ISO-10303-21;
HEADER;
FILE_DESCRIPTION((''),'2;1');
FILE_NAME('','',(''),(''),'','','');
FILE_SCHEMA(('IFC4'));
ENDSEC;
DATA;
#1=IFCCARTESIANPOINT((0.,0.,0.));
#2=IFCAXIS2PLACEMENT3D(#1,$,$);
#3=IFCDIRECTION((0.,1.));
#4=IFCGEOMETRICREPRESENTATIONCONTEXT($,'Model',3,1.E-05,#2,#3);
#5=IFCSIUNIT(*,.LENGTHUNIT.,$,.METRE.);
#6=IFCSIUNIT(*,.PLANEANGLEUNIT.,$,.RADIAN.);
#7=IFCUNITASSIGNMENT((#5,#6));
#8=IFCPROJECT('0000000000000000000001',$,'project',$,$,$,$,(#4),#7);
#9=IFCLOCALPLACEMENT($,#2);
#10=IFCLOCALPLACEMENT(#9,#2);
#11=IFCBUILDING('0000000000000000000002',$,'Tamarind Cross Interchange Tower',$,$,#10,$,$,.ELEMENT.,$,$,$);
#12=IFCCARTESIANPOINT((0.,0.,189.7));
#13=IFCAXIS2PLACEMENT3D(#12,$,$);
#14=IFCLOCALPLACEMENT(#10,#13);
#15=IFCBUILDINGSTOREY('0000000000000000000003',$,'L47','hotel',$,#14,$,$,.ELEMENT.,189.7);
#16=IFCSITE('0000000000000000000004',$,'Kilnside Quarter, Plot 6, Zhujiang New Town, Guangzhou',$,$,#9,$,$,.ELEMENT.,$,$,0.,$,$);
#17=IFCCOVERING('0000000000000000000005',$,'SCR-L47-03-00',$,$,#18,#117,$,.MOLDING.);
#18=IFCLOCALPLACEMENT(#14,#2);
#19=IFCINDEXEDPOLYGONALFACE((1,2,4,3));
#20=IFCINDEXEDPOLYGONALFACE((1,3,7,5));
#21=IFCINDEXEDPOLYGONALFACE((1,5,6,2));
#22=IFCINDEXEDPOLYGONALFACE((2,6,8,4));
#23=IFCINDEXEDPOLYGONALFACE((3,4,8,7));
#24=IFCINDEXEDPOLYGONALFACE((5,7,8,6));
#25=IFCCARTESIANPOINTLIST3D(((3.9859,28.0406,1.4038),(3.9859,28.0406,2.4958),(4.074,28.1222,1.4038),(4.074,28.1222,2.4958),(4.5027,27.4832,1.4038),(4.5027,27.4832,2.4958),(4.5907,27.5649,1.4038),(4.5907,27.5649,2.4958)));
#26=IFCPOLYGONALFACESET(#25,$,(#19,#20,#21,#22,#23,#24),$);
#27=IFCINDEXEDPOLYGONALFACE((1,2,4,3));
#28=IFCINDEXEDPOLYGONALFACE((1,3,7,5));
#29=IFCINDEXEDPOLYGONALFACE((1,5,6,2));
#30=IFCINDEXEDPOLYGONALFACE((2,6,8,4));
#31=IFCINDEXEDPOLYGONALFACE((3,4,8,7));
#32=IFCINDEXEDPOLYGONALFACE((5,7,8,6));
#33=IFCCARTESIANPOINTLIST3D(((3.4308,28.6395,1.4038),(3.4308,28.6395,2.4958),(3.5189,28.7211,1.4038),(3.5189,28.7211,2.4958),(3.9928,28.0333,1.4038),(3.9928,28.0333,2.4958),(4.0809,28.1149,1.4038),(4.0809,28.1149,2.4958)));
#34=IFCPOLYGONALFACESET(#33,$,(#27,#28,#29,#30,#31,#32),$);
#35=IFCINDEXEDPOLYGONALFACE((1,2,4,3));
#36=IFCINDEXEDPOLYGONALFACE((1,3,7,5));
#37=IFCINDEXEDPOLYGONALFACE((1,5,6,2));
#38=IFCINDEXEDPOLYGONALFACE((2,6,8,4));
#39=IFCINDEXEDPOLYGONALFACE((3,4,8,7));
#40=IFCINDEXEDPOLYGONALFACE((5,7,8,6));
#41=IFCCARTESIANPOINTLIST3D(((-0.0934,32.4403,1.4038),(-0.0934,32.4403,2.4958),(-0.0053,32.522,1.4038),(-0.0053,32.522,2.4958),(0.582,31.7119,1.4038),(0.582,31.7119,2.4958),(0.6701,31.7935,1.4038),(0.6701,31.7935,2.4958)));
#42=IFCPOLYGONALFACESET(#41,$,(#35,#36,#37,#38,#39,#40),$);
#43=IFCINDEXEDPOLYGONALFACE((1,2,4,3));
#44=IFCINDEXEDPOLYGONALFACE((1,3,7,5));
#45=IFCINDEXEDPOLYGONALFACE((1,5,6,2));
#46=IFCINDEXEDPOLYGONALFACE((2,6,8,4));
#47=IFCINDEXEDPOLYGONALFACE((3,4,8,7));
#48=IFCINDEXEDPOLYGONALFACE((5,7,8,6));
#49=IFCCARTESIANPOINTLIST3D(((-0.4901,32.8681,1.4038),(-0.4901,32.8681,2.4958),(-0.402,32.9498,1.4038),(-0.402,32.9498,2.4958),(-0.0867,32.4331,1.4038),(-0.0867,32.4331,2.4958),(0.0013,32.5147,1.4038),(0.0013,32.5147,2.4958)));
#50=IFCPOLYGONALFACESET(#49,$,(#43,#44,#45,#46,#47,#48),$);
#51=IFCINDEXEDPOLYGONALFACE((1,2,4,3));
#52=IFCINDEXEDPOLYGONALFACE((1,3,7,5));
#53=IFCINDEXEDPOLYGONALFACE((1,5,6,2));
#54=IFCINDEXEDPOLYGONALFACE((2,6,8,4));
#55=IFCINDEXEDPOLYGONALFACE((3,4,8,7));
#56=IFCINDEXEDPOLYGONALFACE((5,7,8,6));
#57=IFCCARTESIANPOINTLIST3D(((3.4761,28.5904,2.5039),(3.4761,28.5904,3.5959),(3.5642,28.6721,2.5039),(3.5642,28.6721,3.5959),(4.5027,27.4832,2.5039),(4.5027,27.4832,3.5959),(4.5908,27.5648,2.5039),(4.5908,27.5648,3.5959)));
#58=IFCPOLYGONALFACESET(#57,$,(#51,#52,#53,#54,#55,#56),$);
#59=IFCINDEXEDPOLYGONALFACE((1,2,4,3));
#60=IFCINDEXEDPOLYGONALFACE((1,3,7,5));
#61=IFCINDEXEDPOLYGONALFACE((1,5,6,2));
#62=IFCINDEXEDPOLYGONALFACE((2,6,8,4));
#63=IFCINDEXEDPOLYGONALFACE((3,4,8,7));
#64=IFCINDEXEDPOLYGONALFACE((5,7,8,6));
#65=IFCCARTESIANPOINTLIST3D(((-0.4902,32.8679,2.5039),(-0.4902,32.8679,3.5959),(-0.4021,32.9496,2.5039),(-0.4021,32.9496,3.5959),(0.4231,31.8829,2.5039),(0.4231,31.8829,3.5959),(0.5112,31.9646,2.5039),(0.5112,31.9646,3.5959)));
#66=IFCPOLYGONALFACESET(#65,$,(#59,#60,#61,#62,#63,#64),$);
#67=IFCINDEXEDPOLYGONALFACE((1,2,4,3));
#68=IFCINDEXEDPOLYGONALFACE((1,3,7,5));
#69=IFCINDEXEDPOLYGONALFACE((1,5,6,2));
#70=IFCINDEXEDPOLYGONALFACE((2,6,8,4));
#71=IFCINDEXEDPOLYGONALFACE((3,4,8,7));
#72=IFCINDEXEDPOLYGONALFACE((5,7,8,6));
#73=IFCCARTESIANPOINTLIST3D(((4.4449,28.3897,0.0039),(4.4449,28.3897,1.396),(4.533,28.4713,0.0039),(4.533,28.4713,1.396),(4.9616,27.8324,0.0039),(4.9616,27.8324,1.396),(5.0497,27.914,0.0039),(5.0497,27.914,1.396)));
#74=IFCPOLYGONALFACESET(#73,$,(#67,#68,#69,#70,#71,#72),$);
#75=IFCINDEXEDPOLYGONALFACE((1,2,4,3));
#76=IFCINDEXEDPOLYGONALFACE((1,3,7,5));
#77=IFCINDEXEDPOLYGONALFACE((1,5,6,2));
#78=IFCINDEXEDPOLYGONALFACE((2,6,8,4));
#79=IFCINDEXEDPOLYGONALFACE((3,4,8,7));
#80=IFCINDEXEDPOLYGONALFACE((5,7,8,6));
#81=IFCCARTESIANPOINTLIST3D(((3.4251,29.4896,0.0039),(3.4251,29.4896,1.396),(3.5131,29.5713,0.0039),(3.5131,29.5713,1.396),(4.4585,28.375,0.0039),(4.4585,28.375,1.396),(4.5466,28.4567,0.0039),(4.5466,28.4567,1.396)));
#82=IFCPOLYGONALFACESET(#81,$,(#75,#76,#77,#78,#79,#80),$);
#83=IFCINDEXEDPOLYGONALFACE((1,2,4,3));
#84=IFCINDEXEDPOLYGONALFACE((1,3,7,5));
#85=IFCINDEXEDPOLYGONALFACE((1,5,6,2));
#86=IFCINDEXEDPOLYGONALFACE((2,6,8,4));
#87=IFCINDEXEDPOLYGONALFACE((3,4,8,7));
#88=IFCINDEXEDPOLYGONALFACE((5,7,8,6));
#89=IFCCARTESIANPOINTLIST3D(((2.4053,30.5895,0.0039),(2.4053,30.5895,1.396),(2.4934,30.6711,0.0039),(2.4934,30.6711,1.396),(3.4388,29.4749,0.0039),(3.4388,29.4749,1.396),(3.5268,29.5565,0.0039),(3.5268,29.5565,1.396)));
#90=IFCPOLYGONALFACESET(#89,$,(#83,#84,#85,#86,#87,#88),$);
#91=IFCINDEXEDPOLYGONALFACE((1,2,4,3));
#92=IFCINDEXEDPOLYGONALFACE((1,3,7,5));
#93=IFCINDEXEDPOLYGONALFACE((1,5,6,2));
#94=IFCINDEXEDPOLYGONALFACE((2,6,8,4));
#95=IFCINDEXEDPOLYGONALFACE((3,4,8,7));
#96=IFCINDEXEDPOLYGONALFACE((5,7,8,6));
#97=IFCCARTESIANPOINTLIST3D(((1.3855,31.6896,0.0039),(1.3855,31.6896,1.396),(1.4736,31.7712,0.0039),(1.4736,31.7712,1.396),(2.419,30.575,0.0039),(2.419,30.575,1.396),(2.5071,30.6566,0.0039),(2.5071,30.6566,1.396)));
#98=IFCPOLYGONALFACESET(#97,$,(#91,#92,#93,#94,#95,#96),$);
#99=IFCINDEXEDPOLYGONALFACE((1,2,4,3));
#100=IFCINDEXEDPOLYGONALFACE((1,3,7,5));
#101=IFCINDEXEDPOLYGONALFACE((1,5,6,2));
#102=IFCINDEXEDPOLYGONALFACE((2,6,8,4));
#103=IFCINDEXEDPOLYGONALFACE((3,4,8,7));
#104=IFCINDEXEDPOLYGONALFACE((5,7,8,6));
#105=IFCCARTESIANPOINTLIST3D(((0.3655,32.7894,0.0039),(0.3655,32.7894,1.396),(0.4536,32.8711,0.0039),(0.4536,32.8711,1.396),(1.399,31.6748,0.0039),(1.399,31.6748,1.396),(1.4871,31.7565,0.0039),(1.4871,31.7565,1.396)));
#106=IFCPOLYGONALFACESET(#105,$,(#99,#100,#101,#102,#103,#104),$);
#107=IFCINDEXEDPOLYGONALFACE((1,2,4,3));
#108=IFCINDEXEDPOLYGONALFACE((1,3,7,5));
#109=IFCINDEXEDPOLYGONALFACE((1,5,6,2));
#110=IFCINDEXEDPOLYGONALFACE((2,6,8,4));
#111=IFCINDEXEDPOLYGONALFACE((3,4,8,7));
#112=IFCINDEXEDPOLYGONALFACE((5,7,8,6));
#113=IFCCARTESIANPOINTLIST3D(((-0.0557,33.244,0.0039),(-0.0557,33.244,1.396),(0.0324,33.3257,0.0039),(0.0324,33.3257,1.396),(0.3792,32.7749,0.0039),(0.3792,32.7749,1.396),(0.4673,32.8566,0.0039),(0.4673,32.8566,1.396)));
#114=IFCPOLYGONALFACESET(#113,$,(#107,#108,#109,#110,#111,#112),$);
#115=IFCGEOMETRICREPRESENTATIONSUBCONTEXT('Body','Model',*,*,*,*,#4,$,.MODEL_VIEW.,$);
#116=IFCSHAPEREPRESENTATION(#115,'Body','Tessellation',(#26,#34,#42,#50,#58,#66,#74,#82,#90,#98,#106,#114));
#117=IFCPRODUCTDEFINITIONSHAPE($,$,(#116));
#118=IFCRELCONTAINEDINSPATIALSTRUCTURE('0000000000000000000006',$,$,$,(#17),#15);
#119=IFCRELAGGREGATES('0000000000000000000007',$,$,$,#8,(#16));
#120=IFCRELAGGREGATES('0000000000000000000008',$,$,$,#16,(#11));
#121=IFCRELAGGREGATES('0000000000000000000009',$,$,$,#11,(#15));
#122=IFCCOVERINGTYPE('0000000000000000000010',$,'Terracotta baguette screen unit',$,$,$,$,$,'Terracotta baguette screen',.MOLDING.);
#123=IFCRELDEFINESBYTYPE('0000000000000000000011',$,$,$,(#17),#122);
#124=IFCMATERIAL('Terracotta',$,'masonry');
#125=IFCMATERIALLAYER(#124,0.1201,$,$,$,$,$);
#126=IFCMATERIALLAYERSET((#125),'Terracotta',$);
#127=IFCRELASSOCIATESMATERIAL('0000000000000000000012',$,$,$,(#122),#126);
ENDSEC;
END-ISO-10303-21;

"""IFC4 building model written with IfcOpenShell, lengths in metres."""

from ifc_helpers import new_model, si_unit, direction, frame, origin, origin_2d, place, context, subcontext, project, spatial, rectangle, extrude, material, layer, layer_set, type_object, element, save


model = new_model("IFC4")

# Units and contexts
model_context = context("Model", 3, precision=1e-05, world=origin(), true_north=direction((0.0, 1.0)))
body_context = subcontext(model_context, "Body", "Model", "MODEL_VIEW")
ifc_project = project(units=[si_unit("LENGTHUNIT", "METRE"), si_unit("PLANEANGLEUNIT", "RADIAN")], contexts=[model_context])

# Site, building, storey
site_placement = place(None, origin())
site = spatial("IfcSite", under=ifc_project, at=site_placement, Name="Kilnside Quarter, Plot 6, Zhujiang New Town, Guangzhou", CompositionType="ELEMENT", RefElevation=0.0)
building_placement = place(site_placement, origin())
building = spatial("IfcBuilding", under=site, at=building_placement, Name="Tamarind Cross Interchange Tower", CompositionType="ELEMENT")
storey_placement = place(building_placement, frame((0.0, 0.0, 189.7)))
storey = spatial("IfcBuildingStorey", under=building, at=storey_placement, Name="L47", Description="hotel", CompositionType="ELEMENT", Elevation=189.7)

# Covering
ifc_material_1 = material(Name="Terracotta", Category="masonry")
ifc_layer_1 = layer(ifc_material_1, 0.1201)
ifc_layer_set_1 = layer_set([ifc_layer_1], Name="Terracotta")
covering_type = type_object("IfcCoveringType", Name="Terracotta baguette screen unit", ElementType="Terracotta baguette screen", PredefinedType="MOLDING", material=ifc_layer_set_1)
covering_1_placement = place(storey_placement, origin())
element("IfcCovering", 1, at=covering_1_placement, inside=storey, type_object=covering_type, Name="SCR-L47-03-00", PredefinedType="MOLDING", context=body_context, shape_type="SweptSolid", body=[
    extrude(rectangle(XDim=0.76, YDim=0.1201, at=origin_2d()), frame((4.2883, 27.8027, 1.4038), z_axis=(0.0, 0.0, 1.0), x_axis=(-0.679912, 0.733293, 0.0)), (0.0, 0.0, 1.0), 1.092),
    extrude(rectangle(XDim=0.8267, YDim=0.1201, at=origin_2d()), frame((3.7559, 28.3772, 1.4038), z_axis=(0.0, 0.0, 1.0), x_axis=(-0.679912, 0.733293, 0.0)), (0.0, 0.0, 1.0), 1.092),
    extrude(rectangle(XDim=0.9934, YDim=0.1201, at=origin_2d()), frame((0.2883, 32.1169, 1.4038), z_axis=(0.0, 0.0, 1.0), x_axis=(-0.679912, 0.733293, 0.0)), (0.0, 0.0, 1.0), 1.092),
    extrude(rectangle(XDim=0.5933, YDim=0.1201, at=origin_2d()), frame((-0.2444, 32.6914, 1.4038), z_axis=(0.0, 0.0, 1.0), x_axis=(-0.679912, 0.733293, 0.0)), (0.0, 0.0, 1.0), 1.092),
    extrude(rectangle(XDim=1.51, YDim=0.1201, at=origin_2d()), frame((4.0334, 28.0776, 2.5039), z_axis=(0.0, 0.0, 1.0), x_axis=(-0.679912, 0.733293, 0.0)), (0.0, 0.0, 1.0), 1.092),
    extrude(rectangle(XDim=1.3433, YDim=0.1201, at=origin_2d()), frame((0.0105, 32.4163, 2.5039), z_axis=(0.0, 0.0, 1.0), x_axis=(-0.679912, 0.733293, 0.0)), (0.0, 0.0, 1.0), 1.092),
    extrude(rectangle(XDim=0.76, YDim=0.1201, at=origin_2d()), frame((4.7473, 28.1519, 0.0039), z_axis=(0.0, 0.0, 1.0), x_axis=(-0.679912, 0.733293, 0.0)), (0.0, 0.0, 1.0), 1.3921),
    extrude(rectangle(XDim=1.52, YDim=0.1201, at=origin_2d()), frame((3.9858, 28.9731, 0.0039), z_axis=(0.0, 0.0, 1.0), x_axis=(-0.679912, 0.733293, 0.0)), (0.0, 0.0, 1.0), 1.3921),
    extrude(rectangle(XDim=1.52, YDim=0.1201, at=origin_2d()), frame((2.9661, 30.073, 0.0039), z_axis=(0.0, 0.0, 1.0), x_axis=(-0.679912, 0.733293, 0.0)), (0.0, 0.0, 1.0), 1.3921),
    extrude(rectangle(XDim=1.52, YDim=0.1201, at=origin_2d()), frame((1.9463, 31.1731, 0.0039), z_axis=(0.0, 0.0, 1.0), x_axis=(-0.679912, 0.733293, 0.0)), (0.0, 0.0, 1.0), 1.3921),
    extrude(rectangle(XDim=1.52, YDim=0.1201, at=origin_2d()), frame((0.9263, 32.2729, 0.0039), z_axis=(0.0, 0.0, 1.0), x_axis=(-0.679912, 0.733293, 0.0)), (0.0, 0.0, 1.0), 1.3921),
    extrude(rectangle(XDim=0.6396, YDim=0.1201, at=origin_2d()), frame((0.2058, 33.0503, 0.0039), z_axis=(0.0, 0.0, 1.0), x_axis=(-0.679912, 0.733293, 0.0)), (0.0, 0.0, 1.0), 1.3921),
])

save(model, "model.ifc")
